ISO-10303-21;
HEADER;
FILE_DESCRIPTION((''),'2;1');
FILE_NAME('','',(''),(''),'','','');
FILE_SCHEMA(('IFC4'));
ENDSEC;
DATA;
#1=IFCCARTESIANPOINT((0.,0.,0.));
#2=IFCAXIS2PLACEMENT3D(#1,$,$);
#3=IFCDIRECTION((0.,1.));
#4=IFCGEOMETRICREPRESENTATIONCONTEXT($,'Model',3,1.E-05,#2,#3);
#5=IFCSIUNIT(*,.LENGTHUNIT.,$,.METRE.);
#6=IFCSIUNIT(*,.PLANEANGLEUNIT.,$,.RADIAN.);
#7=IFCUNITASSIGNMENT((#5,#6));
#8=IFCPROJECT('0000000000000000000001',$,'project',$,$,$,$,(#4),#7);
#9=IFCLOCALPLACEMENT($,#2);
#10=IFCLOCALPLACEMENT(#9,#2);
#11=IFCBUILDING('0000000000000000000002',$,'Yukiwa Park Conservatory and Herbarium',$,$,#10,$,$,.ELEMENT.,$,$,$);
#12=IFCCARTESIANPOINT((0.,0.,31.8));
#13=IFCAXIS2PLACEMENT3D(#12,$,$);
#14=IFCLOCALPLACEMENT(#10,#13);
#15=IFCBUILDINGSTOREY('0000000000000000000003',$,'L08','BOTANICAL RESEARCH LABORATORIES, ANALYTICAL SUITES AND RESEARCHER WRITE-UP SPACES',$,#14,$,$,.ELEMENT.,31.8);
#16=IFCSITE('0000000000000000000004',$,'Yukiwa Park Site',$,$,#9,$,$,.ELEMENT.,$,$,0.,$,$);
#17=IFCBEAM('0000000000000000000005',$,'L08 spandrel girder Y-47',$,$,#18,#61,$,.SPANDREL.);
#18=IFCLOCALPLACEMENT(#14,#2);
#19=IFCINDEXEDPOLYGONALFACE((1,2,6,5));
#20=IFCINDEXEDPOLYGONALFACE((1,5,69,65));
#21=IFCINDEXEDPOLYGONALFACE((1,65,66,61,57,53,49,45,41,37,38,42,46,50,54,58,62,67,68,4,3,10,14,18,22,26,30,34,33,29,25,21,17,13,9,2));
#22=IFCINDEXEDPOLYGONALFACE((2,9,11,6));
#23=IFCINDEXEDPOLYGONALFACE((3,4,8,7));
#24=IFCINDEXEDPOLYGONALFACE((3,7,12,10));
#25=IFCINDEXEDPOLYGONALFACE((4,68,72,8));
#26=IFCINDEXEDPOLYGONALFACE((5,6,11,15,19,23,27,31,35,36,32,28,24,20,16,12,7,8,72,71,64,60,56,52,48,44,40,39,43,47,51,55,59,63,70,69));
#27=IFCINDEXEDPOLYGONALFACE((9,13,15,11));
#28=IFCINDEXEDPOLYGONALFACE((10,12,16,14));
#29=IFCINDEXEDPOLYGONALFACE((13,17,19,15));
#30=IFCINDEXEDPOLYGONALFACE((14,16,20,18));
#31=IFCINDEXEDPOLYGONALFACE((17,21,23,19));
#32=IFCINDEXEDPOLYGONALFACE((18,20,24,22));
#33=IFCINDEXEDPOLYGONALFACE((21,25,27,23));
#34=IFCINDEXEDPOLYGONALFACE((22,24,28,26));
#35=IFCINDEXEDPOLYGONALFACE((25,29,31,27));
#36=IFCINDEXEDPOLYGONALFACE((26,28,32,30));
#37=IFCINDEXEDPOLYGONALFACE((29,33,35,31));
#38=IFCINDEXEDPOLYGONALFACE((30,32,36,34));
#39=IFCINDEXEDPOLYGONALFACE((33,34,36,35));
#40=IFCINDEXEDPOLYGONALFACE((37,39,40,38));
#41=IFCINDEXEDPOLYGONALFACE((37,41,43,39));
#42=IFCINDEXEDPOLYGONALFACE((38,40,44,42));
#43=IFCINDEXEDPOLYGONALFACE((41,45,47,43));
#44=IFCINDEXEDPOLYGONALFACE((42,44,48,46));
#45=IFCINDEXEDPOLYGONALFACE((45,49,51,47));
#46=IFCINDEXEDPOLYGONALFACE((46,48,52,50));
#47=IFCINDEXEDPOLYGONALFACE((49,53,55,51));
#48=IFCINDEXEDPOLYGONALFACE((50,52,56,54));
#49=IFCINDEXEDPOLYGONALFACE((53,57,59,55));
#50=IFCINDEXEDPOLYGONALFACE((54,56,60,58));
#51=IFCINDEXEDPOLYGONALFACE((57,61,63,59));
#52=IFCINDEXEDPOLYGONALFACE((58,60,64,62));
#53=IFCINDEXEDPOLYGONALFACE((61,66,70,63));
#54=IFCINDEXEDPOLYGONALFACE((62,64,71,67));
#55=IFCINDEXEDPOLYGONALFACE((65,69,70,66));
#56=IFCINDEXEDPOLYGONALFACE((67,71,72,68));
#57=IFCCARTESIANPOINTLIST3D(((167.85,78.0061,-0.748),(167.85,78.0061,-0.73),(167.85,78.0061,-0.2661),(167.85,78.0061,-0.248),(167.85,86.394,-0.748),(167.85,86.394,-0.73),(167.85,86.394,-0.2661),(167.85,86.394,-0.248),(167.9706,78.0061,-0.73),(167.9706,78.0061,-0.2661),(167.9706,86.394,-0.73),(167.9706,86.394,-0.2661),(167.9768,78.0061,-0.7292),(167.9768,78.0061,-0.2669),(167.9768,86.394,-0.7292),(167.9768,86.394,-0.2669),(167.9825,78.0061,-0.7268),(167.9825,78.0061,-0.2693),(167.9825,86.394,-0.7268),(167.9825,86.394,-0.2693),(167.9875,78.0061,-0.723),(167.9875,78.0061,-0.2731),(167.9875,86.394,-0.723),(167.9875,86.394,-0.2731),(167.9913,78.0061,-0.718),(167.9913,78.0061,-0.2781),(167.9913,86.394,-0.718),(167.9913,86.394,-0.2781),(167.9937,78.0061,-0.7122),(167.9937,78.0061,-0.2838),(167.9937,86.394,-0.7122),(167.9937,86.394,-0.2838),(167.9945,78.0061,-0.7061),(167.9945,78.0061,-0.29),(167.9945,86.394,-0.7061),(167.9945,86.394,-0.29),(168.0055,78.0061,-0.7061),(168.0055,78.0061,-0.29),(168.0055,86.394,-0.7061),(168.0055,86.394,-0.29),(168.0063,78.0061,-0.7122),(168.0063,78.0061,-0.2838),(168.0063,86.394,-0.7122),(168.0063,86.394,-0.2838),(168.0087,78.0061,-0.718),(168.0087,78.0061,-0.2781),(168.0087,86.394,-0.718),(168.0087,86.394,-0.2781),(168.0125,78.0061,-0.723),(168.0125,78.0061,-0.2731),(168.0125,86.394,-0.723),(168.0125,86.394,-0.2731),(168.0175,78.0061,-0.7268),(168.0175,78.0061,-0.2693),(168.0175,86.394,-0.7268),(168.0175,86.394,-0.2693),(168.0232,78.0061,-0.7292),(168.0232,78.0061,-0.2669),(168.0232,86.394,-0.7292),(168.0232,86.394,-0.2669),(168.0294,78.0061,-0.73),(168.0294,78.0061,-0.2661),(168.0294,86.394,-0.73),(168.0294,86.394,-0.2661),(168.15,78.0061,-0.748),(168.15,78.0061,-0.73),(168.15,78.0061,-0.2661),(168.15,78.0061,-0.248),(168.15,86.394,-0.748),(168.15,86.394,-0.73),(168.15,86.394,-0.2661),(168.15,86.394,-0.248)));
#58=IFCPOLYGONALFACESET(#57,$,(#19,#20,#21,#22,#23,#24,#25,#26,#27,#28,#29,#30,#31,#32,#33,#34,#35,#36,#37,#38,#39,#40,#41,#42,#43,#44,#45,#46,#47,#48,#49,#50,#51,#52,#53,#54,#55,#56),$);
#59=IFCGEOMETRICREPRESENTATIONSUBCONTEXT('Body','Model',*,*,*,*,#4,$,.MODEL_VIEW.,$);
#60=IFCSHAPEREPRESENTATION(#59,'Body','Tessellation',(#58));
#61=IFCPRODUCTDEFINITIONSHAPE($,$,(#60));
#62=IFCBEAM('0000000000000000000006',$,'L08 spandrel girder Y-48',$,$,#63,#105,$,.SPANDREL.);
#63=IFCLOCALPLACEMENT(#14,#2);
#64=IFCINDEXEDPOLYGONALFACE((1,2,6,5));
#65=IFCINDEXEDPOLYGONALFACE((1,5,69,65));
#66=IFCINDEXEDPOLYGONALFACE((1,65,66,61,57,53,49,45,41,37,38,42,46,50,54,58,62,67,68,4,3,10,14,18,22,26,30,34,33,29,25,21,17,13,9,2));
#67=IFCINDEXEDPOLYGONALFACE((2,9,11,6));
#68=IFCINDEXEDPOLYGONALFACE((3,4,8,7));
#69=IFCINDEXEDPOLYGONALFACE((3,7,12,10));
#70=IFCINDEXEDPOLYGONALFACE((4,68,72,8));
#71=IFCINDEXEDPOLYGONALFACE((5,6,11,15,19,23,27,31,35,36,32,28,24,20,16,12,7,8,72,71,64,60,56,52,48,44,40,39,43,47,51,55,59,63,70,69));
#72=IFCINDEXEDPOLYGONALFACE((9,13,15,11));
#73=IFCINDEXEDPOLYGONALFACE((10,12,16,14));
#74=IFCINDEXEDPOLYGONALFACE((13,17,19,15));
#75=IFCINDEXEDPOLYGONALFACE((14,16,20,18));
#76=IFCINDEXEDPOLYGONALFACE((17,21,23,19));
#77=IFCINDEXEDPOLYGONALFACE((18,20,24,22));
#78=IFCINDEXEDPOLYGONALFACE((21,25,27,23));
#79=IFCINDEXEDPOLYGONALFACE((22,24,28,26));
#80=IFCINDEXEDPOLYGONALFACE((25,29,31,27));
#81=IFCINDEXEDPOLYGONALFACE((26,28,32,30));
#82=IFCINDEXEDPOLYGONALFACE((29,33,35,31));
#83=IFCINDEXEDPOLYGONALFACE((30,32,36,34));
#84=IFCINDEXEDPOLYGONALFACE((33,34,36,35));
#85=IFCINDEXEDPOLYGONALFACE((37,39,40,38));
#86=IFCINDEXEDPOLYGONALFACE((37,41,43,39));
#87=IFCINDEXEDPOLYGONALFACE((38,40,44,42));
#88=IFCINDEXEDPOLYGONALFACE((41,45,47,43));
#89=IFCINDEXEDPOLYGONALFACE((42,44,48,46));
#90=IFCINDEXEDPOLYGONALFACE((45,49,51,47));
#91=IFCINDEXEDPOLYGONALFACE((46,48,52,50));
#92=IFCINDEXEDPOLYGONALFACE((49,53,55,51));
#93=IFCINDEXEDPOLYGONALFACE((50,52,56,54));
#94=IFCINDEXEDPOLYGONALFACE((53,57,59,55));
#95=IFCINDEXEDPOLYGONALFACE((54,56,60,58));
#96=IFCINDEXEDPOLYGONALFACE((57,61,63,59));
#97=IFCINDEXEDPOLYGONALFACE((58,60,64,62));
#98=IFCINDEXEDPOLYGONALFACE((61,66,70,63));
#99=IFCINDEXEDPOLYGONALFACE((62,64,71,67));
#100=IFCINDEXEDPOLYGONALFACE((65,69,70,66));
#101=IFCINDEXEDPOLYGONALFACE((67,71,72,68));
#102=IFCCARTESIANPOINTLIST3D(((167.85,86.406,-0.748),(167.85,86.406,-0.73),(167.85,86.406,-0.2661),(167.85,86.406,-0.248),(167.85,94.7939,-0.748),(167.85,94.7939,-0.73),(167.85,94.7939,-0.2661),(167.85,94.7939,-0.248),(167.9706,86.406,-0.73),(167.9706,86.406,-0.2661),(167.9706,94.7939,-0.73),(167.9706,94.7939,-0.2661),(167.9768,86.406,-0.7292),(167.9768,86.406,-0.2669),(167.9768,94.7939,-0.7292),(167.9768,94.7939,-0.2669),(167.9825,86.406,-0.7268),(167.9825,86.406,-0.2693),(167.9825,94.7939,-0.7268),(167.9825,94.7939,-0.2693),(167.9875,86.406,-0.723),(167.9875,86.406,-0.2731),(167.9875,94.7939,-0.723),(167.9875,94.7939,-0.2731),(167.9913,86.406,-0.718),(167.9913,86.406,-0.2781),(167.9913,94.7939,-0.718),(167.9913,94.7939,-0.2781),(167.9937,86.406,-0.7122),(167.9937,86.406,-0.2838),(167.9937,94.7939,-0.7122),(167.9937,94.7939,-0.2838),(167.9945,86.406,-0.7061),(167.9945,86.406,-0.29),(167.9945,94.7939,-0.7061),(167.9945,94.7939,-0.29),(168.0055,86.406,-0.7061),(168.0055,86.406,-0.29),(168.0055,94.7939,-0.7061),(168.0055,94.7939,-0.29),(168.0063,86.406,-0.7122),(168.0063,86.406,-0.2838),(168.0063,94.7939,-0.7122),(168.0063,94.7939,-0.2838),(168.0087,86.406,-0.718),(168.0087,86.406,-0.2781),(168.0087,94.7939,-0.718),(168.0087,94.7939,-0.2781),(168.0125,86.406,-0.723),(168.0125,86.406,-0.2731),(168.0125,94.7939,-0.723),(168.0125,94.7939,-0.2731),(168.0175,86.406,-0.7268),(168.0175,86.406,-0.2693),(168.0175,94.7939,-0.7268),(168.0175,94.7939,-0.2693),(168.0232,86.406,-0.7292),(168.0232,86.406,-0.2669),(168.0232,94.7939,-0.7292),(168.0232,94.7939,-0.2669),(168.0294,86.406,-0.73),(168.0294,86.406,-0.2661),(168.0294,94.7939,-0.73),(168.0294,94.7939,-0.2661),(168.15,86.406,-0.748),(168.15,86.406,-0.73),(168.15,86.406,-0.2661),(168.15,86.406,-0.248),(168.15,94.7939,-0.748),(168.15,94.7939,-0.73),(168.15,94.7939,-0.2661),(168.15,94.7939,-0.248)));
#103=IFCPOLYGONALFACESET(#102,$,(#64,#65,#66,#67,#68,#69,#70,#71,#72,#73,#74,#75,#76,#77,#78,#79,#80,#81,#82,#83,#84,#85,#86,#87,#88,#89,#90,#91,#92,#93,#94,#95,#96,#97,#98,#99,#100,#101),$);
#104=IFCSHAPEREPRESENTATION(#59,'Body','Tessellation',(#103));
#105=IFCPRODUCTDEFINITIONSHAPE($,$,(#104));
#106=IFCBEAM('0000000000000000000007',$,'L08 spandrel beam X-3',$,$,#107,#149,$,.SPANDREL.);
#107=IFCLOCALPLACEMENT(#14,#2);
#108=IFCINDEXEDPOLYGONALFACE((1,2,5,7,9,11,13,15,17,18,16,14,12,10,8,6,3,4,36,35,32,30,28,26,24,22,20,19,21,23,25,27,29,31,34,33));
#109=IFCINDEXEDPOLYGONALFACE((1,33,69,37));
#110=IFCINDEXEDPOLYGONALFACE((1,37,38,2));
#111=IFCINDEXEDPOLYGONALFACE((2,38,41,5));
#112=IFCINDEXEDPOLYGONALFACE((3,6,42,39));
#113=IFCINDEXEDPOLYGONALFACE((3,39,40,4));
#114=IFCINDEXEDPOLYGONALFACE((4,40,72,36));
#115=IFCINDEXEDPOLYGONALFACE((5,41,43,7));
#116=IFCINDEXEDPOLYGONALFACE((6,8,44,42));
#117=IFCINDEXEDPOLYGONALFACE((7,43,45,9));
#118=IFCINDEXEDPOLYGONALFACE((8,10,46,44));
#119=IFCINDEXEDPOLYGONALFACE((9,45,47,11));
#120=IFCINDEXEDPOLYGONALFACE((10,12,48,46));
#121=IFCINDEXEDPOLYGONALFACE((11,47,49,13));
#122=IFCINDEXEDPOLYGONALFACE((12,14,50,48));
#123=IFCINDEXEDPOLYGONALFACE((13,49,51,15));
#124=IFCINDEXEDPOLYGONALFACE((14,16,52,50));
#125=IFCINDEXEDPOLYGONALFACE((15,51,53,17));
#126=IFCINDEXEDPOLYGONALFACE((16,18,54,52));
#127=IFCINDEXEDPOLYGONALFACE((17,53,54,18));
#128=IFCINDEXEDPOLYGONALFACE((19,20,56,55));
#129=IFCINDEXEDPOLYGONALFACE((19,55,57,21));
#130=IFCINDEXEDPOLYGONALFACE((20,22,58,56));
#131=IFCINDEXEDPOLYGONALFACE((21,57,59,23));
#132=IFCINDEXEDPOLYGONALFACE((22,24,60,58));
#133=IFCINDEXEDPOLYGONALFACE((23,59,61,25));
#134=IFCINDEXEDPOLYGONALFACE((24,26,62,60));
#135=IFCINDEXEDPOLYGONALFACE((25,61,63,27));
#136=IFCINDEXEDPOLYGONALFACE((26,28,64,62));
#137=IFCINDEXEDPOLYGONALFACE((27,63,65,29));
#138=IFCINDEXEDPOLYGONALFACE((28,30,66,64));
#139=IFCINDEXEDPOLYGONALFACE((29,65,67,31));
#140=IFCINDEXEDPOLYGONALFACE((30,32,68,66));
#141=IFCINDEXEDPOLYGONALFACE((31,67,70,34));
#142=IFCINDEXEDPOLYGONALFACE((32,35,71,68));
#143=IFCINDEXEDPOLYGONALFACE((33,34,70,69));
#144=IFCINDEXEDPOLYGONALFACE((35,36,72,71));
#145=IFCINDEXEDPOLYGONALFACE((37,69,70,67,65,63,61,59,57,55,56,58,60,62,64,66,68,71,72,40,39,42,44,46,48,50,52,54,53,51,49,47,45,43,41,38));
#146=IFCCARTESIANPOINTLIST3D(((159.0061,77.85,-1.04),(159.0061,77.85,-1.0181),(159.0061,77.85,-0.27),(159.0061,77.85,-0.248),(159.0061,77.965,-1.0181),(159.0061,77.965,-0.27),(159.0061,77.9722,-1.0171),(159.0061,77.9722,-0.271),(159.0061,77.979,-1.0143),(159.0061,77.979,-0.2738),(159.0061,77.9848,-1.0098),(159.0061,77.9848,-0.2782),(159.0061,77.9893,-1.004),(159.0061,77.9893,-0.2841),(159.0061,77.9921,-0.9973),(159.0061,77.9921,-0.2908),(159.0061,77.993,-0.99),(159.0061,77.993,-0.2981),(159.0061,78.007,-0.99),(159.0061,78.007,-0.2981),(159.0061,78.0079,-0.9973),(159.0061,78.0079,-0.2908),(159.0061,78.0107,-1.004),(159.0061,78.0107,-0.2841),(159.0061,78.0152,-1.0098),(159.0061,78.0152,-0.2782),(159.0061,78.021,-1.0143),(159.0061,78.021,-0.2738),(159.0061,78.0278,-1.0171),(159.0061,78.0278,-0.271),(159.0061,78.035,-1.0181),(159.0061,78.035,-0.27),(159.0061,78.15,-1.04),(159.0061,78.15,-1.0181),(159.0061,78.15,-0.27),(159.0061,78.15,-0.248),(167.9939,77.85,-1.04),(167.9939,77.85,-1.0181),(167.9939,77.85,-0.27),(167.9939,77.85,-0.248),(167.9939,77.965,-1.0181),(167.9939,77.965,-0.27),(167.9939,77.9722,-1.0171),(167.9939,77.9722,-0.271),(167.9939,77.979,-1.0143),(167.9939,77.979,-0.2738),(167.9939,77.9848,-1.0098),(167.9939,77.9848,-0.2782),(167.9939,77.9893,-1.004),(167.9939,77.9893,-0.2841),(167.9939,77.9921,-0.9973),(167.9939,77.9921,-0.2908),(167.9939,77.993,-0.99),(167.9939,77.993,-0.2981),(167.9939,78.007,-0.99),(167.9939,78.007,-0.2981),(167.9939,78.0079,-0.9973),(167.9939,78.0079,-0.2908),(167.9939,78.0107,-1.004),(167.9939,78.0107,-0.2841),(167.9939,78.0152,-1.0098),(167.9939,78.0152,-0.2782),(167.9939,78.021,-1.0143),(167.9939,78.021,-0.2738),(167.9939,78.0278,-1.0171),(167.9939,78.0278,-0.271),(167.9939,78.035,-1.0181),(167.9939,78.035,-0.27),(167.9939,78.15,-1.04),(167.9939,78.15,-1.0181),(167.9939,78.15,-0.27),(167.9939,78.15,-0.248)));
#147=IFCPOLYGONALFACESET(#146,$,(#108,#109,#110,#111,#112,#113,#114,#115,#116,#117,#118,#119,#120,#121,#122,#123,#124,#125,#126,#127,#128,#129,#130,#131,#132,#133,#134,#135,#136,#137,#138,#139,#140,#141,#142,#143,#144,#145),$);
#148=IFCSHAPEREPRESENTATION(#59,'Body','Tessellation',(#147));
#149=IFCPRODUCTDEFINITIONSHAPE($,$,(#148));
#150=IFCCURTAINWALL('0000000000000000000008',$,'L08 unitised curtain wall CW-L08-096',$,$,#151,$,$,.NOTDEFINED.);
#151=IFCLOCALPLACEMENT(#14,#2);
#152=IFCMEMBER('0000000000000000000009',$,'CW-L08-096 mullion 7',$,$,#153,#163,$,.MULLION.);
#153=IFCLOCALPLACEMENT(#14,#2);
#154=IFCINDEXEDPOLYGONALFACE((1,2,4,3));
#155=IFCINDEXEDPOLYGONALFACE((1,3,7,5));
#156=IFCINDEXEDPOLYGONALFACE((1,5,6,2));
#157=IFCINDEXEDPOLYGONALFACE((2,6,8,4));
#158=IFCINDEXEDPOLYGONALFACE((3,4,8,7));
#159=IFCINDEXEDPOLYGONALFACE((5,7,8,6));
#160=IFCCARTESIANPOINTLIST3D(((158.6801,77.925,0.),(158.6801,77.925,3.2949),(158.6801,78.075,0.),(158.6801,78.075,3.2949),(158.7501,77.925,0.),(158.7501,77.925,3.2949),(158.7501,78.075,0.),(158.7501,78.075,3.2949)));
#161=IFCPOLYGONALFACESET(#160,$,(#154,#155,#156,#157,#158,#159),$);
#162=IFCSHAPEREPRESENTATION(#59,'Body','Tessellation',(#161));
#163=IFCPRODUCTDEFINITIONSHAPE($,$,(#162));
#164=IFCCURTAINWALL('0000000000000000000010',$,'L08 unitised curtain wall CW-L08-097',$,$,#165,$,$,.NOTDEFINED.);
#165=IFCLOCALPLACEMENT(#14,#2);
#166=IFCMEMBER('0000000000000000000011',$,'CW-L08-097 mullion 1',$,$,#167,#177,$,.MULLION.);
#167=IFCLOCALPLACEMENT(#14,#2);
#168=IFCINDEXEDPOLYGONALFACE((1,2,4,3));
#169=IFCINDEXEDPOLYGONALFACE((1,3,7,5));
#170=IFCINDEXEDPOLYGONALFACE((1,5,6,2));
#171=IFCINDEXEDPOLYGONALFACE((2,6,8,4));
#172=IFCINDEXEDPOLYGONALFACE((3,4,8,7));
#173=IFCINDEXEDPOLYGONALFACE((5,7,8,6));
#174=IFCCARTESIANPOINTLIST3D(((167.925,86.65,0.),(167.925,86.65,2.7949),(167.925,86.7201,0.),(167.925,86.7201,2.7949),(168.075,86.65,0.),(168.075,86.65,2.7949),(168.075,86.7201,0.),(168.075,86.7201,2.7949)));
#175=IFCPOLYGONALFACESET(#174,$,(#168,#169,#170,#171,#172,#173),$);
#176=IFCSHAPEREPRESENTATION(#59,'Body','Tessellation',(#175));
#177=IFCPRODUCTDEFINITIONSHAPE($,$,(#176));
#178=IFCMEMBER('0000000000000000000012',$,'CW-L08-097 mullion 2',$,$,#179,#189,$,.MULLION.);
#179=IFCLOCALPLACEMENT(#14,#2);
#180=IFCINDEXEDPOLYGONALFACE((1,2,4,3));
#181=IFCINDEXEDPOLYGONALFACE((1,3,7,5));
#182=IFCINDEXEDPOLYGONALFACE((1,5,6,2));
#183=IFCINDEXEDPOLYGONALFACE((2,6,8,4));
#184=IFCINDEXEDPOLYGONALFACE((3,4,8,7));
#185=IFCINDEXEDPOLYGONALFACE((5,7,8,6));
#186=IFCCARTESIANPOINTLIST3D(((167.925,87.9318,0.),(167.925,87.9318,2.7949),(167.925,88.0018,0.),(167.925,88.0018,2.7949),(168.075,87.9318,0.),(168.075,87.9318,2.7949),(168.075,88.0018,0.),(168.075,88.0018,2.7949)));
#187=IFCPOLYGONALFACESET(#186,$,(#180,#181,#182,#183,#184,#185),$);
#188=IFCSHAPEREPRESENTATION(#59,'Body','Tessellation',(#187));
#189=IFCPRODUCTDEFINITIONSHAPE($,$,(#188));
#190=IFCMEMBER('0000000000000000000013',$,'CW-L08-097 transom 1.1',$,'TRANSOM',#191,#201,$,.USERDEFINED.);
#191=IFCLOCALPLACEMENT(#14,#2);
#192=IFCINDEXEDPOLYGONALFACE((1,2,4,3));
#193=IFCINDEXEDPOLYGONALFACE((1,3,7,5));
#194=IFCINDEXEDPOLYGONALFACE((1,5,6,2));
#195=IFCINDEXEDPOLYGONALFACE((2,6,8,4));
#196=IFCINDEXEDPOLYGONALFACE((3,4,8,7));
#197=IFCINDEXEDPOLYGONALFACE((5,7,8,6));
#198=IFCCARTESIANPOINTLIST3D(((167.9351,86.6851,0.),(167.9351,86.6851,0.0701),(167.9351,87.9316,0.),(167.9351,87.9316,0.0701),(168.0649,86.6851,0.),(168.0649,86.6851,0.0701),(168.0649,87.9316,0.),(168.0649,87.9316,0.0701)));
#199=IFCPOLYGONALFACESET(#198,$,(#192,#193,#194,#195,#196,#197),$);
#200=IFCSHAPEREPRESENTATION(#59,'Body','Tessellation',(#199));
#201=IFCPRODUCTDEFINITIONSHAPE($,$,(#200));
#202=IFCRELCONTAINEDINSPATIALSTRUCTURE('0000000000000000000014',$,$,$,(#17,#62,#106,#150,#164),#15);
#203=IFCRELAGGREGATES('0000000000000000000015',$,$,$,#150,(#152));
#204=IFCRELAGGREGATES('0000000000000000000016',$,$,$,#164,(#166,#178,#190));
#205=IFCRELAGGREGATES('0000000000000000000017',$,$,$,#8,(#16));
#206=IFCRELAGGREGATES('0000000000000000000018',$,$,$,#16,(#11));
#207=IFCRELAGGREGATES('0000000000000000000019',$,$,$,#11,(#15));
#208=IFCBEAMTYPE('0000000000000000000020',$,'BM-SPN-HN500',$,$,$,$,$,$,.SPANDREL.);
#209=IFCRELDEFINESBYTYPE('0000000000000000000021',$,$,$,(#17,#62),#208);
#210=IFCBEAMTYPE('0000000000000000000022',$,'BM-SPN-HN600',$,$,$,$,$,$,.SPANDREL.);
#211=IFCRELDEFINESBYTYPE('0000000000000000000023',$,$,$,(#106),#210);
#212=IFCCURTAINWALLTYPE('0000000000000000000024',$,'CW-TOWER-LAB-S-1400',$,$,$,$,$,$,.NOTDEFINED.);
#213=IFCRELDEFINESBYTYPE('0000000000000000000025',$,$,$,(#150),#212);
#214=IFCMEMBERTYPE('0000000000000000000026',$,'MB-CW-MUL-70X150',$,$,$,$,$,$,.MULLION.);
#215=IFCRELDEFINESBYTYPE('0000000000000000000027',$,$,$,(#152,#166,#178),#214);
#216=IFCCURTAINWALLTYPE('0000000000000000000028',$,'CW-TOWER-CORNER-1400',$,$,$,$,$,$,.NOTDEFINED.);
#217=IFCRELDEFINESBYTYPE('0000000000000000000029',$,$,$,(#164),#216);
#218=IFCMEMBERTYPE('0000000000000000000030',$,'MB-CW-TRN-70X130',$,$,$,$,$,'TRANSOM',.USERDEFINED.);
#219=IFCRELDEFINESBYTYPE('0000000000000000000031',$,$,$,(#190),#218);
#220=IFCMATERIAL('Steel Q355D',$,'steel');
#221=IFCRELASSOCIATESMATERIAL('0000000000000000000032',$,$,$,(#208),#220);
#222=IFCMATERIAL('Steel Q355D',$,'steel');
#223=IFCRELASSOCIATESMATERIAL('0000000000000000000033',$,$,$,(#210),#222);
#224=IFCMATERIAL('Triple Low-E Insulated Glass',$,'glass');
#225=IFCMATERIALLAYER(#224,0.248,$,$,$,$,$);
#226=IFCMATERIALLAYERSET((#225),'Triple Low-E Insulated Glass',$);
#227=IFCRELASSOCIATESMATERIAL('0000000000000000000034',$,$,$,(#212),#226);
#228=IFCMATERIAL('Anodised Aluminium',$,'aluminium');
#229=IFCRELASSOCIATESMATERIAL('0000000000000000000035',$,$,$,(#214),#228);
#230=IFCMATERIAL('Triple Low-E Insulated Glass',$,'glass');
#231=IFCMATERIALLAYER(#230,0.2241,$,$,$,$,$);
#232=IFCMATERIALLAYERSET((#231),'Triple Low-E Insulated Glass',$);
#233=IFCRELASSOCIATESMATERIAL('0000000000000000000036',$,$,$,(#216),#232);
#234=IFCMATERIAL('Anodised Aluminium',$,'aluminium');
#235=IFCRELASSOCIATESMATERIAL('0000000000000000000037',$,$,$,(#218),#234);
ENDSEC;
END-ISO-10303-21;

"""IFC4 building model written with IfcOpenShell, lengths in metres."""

from ifc_helpers import new_model, si_unit, direction, frame, origin, origin_2d, place, context, subcontext, project, spatial, rectangle, i_section, extrude, material, layer, layer_set, material_profile, profile_set, type_object, element, aggregate, save


model = new_model("IFC4")

# Units and contexts
model_context = context("Model", 3, precision=1e-05, world=origin(), true_north=direction((0.0, 1.0)))
body_context = subcontext(model_context, "Body", "Model", "MODEL_VIEW")
ifc_project = project(units=[si_unit("LENGTHUNIT", "METRE"), si_unit("PLANEANGLEUNIT", "RADIAN")], contexts=[model_context])

# Site, building, storey
site_placement = place(None, origin())
site = spatial("IfcSite", under=ifc_project, at=site_placement, Name="Yukiwa Park Site", CompositionType="ELEMENT", RefElevation=0.0)
building_placement = place(site_placement, origin())
building = spatial("IfcBuilding", under=site, at=building_placement, Name="Yukiwa Park Conservatory and Herbarium", CompositionType="ELEMENT")
storey_placement = place(building_placement, frame((0.0, 0.0, 31.8)))
storey = spatial("IfcBuildingStorey", under=building, at=storey_placement, Name="L08", Description="BOTANICAL RESEARCH LABORATORIES, ANALYTICAL SUITES AND RESEARCHER WRITE-UP SPACES", CompositionType="ELEMENT", Elevation=31.8)

# Beams
ifc_material_1 = material(Name="Steel Q355D", Category="steel")
ifc_material_profile_1 = material_profile(ifc_material_1, i_section(OverallWidth=0.3, OverallDepth=0.5, WebThickness=0.011, FlangeThickness=0.0181, FilletRadius=0.0239, at=origin_2d()), Name="HM 500x300x11x18")
ifc_profile_set_1 = profile_set([ifc_material_profile_1], Name="Steel Q355D")
beam_type_1 = type_object("IfcBeamType", Name="BM-SPN-HN500", PredefinedType="SPANDREL", material=ifc_profile_set_1)
for number, where, z_axis, x_axis, name in (
    (1, (168.0, 78.0061, -0.498), (0.0, 1.0, 0.0), (-1.0, 0.0, 0.0), "L08 spandrel girder Y-47"),
    (2, (168.0, 86.406, -0.498), (0.0, 1.0, 0.0), (-1.0, 0.0, 0.0), "L08 spandrel girder Y-48"),
):
    element("IfcBeam", number, at=place(storey_placement, frame(where, z_axis=z_axis, x_axis=x_axis)), inside=storey, type_object=beam_type_1, Name=name, PredefinedType="SPANDREL", context=body_context, shape_type="SweptSolid", body=[
        extrude(i_section(OverallWidth=0.3, OverallDepth=0.5, WebThickness=0.011, FlangeThickness=0.0181, FilletRadius=0.0239, at=origin_2d()), origin(), (0.0, 0.0, 1.0), 8.3879),
    ])
ifc_material_2 = material(Name="Steel Q355D", Category="steel")
ifc_material_profile_2 = material_profile(ifc_material_2, i_section(OverallWidth=0.3, OverallDepth=0.792, WebThickness=0.0139, FlangeThickness=0.022, FilletRadius=0.0281, at=origin_2d()), Name="HN 792x300x14x22")
ifc_profile_set_2 = profile_set([ifc_material_profile_2], Name="Steel Q355D")
beam_type_2 = type_object("IfcBeamType", Name="BM-SPN-HN600", PredefinedType="SPANDREL", material=ifc_profile_set_2)
beam_1_placement = place(storey_placement, frame((159.0061, 78.0, -0.644), z_axis=(1.0, 0.0, 0.0), x_axis=(0.0, 1.0, 0.0)))
element("IfcBeam", 3, at=beam_1_placement, inside=storey, type_object=beam_type_2, Name="L08 spandrel beam X-3", PredefinedType="SPANDREL", context=body_context, shape_type="SweptSolid", body=[
    extrude(i_section(OverallWidth=0.3, OverallDepth=0.792, WebThickness=0.0139, FlangeThickness=0.022, FilletRadius=0.0281, at=origin_2d()), origin(), (0.0, 0.0, 1.0), 8.9878),
])

# Curtain wall, member
ifc_material_3 = material(Name="Triple Low-E Insulated Glass", Category="glass")
ifc_layer_1 = layer(ifc_material_3, 0.248)
ifc_layer_set_1 = layer_set([ifc_layer_1], Name="Triple Low-E Insulated Glass")
curtain_wall_type_1 = type_object("IfcCurtainWallType", Name="CW-TOWER-LAB-S-1400", PredefinedType="NOTDEFINED", material=ifc_layer_set_1)
curtain_wall_1_placement = place(storey_placement, origin())
curtain_wall_1 = element("IfcCurtainWall", 4, at=curtain_wall_1_placement, inside=storey, type_object=curtain_wall_type_1, Name="L08 unitised curtain wall CW-L08-096", PredefinedType="NOTDEFINED")
ifc_material_4 = material(Name="Anodised Aluminium", Category="aluminium")
member_type_1 = type_object("IfcMemberType", Name="MB-CW-MUL-70X150", PredefinedType="MULLION", material=ifc_material_4)
member_1_placement = place(storey_placement, frame((158.7151, 78.0, 0.0), z_axis=(0.0, 0.0, 1.0), x_axis=(1.0, 0.0, 0.0)))
member_1 = element("IfcMember", 5, at=member_1_placement, type_object=member_type_1, Name="CW-L08-096 mullion 7", PredefinedType="MULLION", context=body_context, shape_type="SweptSolid", body=[
    extrude(rectangle(XDim=0.0701, YDim=0.1499, at=origin_2d()), origin(), (0.0, 0.0, 1.0), 3.2949),
])
aggregate(curtain_wall_1, [member_1])

# Curtain wall, members
ifc_material_5 = material(Name="Triple Low-E Insulated Glass", Category="glass")
ifc_layer_2 = layer(ifc_material_5, 0.2241)
ifc_layer_set_2 = layer_set([ifc_layer_2], Name="Triple Low-E Insulated Glass")
curtain_wall_type_2 = type_object("IfcCurtainWallType", Name="CW-TOWER-CORNER-1400", PredefinedType="NOTDEFINED", material=ifc_layer_set_2)
curtain_wall_2_placement = place(storey_placement, origin())
curtain_wall_2 = element("IfcCurtainWall", 6, at=curtain_wall_2_placement, inside=storey, type_object=curtain_wall_type_2, Name="L08 unitised curtain wall CW-L08-097", PredefinedType="NOTDEFINED")
member_2_placement = place(storey_placement, frame((168.0, 86.6851, 0.0), z_axis=(0.0, 0.0, 1.0), x_axis=(0.0, 1.0, 0.0)))
member_2 = element("IfcMember", 7, at=member_2_placement, type_object=member_type_1, Name="CW-L08-097 mullion 1", PredefinedType="MULLION", context=body_context, shape_type="SweptSolid", body=[
    extrude(rectangle(XDim=0.0701, YDim=0.1499, at=origin_2d()), origin(), (0.0, 0.0, 1.0), 2.7949),
])
member_3_placement = place(storey_placement, frame((168.0, 87.9668, 0.0), z_axis=(0.0, 0.0, 1.0), x_axis=(0.0, 1.0, 0.0)))
member_3 = element("IfcMember", 8, at=member_3_placement, type_object=member_type_1, Name="CW-L08-097 mullion 2", PredefinedType="MULLION", context=body_context, shape_type="SweptSolid", body=[
    extrude(rectangle(XDim=0.0701, YDim=0.1499, at=origin_2d()), origin(), (0.0, 0.0, 1.0), 2.7949),
])
ifc_material_6 = material(Name="Anodised Aluminium", Category="aluminium")
member_type_2 = type_object("IfcMemberType", Name="MB-CW-TRN-70X130", ElementType="TRANSOM", PredefinedType="USERDEFINED", material=ifc_material_6)
member_4_placement = place(storey_placement, frame((168.0, 87.3083, 0.0), z_axis=(0.0, 0.0, 1.0), x_axis=(0.0, 1.0, 0.0)))
member_4 = element("IfcMember", 9, at=member_4_placement, type_object=member_type_2, Name="CW-L08-097 transom 1.1", ObjectType="TRANSOM", PredefinedType="USERDEFINED", context=body_context, shape_type="SweptSolid", body=[
    extrude(rectangle(XDim=1.2466, YDim=0.1299, at=origin_2d()), origin(), (0.0, 0.0, 1.0), 0.0701),
])

aggregate(curtain_wall_2, [member_2, member_3, member_4])

save(model, "model.ifc")
